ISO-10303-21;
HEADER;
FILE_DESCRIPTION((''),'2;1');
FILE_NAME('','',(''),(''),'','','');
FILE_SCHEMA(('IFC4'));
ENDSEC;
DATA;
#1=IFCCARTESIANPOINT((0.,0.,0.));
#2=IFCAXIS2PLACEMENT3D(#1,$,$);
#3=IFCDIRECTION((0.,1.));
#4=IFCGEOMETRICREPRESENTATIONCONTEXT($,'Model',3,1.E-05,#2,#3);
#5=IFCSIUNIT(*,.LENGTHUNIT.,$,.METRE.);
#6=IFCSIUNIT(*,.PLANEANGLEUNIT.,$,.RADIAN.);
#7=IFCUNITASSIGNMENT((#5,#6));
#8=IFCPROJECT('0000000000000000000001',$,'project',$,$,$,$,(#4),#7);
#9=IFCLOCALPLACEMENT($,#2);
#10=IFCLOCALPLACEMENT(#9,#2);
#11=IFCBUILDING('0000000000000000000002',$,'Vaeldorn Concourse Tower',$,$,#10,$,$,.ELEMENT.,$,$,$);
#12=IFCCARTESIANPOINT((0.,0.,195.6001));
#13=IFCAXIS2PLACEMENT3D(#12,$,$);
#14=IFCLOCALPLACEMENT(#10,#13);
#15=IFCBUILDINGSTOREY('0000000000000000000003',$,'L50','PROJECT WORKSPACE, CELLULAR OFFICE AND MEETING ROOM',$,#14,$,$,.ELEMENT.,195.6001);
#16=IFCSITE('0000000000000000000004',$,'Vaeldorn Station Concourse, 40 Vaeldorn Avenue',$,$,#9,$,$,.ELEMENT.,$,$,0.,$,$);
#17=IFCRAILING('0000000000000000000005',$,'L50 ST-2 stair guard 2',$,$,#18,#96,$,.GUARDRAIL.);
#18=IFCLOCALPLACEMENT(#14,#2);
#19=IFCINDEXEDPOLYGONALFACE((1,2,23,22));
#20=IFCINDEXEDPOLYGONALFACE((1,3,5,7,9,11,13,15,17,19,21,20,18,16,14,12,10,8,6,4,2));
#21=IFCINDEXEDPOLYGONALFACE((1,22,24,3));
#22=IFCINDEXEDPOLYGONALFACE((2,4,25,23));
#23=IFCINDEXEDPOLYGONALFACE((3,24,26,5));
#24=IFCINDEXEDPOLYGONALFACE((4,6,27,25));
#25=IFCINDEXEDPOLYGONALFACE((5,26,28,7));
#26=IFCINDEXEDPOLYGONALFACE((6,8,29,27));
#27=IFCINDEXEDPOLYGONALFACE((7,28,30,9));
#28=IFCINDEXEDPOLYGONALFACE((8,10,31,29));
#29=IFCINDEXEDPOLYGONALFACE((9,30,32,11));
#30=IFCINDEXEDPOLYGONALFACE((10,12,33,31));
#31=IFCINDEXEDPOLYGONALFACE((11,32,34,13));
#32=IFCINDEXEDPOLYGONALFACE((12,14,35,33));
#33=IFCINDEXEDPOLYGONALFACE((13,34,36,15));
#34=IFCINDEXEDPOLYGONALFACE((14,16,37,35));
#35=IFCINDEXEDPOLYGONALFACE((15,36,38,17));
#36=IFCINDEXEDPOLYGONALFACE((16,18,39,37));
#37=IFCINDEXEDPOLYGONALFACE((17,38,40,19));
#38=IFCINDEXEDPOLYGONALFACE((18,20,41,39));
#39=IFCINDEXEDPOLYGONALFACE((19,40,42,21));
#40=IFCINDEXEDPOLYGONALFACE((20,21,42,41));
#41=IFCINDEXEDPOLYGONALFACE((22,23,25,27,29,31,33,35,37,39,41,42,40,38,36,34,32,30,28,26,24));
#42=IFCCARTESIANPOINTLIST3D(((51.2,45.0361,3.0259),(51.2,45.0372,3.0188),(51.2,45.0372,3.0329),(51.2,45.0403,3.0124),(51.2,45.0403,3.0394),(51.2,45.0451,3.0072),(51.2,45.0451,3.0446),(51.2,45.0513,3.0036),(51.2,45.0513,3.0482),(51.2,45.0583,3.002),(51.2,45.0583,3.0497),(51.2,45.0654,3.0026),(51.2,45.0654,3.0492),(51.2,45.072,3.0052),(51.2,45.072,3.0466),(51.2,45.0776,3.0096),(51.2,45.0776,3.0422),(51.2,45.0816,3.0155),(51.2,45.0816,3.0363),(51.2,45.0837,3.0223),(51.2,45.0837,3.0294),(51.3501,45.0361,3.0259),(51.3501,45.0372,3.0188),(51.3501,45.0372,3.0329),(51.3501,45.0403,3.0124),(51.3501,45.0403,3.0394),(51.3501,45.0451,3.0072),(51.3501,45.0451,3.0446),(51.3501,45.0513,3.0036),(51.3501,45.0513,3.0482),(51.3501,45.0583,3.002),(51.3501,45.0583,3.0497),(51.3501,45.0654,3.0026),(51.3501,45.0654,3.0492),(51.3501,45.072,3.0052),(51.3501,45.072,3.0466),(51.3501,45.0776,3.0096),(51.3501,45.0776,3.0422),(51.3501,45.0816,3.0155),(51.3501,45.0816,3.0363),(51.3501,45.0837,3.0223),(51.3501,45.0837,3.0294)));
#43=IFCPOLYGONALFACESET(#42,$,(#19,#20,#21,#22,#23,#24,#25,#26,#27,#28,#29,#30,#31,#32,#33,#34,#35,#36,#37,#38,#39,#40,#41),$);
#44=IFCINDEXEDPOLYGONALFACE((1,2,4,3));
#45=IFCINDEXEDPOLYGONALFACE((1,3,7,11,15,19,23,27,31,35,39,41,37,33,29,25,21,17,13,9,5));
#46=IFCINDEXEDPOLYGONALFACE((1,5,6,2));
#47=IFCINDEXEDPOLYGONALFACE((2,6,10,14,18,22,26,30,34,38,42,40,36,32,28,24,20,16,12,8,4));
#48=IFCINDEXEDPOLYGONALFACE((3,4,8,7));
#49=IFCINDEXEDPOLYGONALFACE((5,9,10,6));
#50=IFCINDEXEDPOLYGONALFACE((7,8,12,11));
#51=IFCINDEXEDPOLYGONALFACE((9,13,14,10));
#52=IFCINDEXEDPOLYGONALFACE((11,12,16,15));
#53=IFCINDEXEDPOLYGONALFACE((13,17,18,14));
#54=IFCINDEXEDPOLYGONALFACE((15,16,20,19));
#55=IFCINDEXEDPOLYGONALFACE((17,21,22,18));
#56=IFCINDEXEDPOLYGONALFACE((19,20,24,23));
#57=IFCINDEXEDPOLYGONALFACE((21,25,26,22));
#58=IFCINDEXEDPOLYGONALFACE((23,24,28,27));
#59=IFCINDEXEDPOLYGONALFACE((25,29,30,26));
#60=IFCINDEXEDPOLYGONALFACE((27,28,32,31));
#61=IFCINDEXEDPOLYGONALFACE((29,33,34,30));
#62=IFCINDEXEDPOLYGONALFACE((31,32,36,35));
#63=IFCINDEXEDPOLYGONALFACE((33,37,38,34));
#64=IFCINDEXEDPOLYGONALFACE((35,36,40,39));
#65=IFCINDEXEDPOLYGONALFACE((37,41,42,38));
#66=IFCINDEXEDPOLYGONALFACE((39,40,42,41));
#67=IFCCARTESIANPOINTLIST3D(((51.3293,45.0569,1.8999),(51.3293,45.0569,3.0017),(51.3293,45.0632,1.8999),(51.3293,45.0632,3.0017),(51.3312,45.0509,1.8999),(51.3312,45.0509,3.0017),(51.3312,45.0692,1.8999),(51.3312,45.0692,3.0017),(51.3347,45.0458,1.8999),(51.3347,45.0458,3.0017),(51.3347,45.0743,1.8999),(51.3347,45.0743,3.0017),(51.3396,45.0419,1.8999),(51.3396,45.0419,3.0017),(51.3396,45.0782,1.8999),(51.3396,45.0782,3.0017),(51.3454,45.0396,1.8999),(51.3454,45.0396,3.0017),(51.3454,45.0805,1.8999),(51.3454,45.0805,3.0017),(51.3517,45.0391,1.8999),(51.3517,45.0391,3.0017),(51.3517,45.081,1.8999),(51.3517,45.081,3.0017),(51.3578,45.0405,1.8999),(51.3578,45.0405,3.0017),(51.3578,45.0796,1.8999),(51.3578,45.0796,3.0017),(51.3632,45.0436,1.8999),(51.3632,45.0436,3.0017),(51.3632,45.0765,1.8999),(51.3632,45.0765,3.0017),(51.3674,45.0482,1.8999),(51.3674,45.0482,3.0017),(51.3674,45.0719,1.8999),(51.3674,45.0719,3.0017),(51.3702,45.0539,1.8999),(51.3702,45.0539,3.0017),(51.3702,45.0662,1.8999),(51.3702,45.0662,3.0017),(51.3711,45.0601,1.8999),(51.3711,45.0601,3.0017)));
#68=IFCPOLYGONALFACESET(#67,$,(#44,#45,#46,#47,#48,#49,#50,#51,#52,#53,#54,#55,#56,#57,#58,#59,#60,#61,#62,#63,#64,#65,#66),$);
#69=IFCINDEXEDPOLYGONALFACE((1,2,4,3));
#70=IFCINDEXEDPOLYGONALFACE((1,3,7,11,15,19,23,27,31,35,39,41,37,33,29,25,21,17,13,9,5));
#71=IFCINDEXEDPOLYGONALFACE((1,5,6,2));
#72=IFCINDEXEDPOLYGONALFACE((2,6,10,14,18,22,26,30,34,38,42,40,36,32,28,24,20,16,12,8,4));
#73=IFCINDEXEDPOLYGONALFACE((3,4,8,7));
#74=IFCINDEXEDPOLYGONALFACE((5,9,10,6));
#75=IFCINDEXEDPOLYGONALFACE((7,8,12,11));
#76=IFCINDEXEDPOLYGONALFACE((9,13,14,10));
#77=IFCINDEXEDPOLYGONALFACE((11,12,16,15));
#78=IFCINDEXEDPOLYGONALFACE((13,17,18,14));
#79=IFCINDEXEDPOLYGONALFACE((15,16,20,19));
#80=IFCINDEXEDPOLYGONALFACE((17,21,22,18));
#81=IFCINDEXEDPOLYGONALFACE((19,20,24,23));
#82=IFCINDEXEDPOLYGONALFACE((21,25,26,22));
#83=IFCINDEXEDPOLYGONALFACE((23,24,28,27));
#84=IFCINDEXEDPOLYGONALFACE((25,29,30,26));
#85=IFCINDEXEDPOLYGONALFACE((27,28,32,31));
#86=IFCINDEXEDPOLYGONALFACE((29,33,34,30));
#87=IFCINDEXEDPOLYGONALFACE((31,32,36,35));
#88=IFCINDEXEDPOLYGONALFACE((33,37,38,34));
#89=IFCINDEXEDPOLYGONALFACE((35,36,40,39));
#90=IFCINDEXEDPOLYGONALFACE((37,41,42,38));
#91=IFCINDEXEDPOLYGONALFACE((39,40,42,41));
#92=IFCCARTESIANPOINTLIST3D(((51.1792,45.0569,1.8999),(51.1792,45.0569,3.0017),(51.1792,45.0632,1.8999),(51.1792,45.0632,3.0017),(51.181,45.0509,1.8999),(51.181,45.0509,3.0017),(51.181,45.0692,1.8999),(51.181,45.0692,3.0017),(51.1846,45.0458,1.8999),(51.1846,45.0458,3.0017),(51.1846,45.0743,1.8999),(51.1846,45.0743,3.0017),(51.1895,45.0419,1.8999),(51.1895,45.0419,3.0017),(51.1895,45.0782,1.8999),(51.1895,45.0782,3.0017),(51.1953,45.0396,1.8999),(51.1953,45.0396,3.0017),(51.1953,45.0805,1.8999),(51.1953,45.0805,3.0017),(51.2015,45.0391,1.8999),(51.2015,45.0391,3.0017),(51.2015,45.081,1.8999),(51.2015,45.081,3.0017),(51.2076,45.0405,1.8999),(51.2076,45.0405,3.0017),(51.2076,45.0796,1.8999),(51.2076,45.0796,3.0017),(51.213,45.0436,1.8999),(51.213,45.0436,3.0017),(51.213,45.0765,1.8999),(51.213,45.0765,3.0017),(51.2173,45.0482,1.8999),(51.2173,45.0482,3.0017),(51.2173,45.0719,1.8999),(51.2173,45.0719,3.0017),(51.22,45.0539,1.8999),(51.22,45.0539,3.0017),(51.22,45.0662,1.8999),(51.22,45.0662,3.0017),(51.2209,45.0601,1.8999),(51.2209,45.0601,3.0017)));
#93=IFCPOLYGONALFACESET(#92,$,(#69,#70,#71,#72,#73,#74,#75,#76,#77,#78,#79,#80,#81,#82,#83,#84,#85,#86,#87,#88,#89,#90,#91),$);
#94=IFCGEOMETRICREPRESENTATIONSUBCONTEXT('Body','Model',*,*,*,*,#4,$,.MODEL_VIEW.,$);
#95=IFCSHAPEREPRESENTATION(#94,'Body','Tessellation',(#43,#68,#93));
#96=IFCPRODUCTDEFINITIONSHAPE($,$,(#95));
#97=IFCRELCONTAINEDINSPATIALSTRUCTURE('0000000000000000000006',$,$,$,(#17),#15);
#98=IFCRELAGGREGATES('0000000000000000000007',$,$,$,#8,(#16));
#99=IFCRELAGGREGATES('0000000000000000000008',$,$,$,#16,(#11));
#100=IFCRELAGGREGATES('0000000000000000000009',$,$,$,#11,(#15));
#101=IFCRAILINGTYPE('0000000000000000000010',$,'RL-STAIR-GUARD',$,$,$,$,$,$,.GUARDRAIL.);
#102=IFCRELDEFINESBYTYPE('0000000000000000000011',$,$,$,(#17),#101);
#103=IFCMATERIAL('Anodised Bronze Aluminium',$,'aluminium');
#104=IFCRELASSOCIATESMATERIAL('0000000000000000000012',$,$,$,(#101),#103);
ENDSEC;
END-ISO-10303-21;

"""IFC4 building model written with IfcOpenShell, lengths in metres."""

from ifc_helpers import new_model, si_unit, direction, frame, origin, origin_2d, place, context, subcontext, project, spatial, circle, extrude, material, type_object, element, save


model = new_model("IFC4")

# Units and contexts
model_context = context("Model", 3, precision=1e-05, world=origin(), true_north=direction((0.0, 1.0)))
body_context = subcontext(model_context, "Body", "Model", "MODEL_VIEW")
ifc_project = project(units=[si_unit("LENGTHUNIT", "METRE"), si_unit("PLANEANGLEUNIT", "RADIAN")], contexts=[model_context])

# Site, building, storey
site_placement = place(None, origin())
site = spatial("IfcSite", under=ifc_project, at=site_placement, Name="Vaeldorn Station Concourse, 40 Vaeldorn Avenue", CompositionType="ELEMENT", RefElevation=0.0)
building_placement = place(site_placement, origin())
building = spatial("IfcBuilding", under=site, at=building_placement, Name="Vaeldorn Concourse Tower", CompositionType="ELEMENT")
storey_placement = place(building_placement, frame((0.0, 0.0, 195.6001)))
storey = spatial("IfcBuildingStorey", under=building, at=storey_placement, Name="L50", Description="PROJECT WORKSPACE, CELLULAR OFFICE AND MEETING ROOM", CompositionType="ELEMENT", Elevation=195.6001)

# Shared definitions
ifc_material_1 = material(Name="Anodised Bronze Aluminium", Category="aluminium")

# Railing
railing_type_1 = type_object("IfcRailingType", Name="RL-STAIR-GUARD", PredefinedType="GUARDRAIL", material=ifc_material_1)
railing_1_placement = place(storey_placement, frame((51.3501, 45.0601, 1.8999)))
element("IfcRailing", 1, at=railing_1_placement, inside=storey, type_object=railing_type_1, Name="L50 ST-2 stair guard 2", PredefinedType="GUARDRAIL", context=body_context, shape_type="SweptSolid", body=[
    extrude(circle(Radius=0.0239, at=origin_2d()), frame((0.0, 0.0, 1.126), z_axis=(-1.0, 0.0, 0.0), x_axis=(0.0, -1.0, 0.0)), (0.0, 0.0, 1.0), 0.1501),
    extrude(circle(Radius=0.021, at=origin_2d()), origin(), (0.0, 0.0, 1.0), 1.1018),
    extrude(circle(Radius=0.021, at=origin_2d()), frame((-0.1501, 0.0, 0.0)), (0.0, 0.0, 1.0), 1.1018),
])

save(model, "model.ifc")
